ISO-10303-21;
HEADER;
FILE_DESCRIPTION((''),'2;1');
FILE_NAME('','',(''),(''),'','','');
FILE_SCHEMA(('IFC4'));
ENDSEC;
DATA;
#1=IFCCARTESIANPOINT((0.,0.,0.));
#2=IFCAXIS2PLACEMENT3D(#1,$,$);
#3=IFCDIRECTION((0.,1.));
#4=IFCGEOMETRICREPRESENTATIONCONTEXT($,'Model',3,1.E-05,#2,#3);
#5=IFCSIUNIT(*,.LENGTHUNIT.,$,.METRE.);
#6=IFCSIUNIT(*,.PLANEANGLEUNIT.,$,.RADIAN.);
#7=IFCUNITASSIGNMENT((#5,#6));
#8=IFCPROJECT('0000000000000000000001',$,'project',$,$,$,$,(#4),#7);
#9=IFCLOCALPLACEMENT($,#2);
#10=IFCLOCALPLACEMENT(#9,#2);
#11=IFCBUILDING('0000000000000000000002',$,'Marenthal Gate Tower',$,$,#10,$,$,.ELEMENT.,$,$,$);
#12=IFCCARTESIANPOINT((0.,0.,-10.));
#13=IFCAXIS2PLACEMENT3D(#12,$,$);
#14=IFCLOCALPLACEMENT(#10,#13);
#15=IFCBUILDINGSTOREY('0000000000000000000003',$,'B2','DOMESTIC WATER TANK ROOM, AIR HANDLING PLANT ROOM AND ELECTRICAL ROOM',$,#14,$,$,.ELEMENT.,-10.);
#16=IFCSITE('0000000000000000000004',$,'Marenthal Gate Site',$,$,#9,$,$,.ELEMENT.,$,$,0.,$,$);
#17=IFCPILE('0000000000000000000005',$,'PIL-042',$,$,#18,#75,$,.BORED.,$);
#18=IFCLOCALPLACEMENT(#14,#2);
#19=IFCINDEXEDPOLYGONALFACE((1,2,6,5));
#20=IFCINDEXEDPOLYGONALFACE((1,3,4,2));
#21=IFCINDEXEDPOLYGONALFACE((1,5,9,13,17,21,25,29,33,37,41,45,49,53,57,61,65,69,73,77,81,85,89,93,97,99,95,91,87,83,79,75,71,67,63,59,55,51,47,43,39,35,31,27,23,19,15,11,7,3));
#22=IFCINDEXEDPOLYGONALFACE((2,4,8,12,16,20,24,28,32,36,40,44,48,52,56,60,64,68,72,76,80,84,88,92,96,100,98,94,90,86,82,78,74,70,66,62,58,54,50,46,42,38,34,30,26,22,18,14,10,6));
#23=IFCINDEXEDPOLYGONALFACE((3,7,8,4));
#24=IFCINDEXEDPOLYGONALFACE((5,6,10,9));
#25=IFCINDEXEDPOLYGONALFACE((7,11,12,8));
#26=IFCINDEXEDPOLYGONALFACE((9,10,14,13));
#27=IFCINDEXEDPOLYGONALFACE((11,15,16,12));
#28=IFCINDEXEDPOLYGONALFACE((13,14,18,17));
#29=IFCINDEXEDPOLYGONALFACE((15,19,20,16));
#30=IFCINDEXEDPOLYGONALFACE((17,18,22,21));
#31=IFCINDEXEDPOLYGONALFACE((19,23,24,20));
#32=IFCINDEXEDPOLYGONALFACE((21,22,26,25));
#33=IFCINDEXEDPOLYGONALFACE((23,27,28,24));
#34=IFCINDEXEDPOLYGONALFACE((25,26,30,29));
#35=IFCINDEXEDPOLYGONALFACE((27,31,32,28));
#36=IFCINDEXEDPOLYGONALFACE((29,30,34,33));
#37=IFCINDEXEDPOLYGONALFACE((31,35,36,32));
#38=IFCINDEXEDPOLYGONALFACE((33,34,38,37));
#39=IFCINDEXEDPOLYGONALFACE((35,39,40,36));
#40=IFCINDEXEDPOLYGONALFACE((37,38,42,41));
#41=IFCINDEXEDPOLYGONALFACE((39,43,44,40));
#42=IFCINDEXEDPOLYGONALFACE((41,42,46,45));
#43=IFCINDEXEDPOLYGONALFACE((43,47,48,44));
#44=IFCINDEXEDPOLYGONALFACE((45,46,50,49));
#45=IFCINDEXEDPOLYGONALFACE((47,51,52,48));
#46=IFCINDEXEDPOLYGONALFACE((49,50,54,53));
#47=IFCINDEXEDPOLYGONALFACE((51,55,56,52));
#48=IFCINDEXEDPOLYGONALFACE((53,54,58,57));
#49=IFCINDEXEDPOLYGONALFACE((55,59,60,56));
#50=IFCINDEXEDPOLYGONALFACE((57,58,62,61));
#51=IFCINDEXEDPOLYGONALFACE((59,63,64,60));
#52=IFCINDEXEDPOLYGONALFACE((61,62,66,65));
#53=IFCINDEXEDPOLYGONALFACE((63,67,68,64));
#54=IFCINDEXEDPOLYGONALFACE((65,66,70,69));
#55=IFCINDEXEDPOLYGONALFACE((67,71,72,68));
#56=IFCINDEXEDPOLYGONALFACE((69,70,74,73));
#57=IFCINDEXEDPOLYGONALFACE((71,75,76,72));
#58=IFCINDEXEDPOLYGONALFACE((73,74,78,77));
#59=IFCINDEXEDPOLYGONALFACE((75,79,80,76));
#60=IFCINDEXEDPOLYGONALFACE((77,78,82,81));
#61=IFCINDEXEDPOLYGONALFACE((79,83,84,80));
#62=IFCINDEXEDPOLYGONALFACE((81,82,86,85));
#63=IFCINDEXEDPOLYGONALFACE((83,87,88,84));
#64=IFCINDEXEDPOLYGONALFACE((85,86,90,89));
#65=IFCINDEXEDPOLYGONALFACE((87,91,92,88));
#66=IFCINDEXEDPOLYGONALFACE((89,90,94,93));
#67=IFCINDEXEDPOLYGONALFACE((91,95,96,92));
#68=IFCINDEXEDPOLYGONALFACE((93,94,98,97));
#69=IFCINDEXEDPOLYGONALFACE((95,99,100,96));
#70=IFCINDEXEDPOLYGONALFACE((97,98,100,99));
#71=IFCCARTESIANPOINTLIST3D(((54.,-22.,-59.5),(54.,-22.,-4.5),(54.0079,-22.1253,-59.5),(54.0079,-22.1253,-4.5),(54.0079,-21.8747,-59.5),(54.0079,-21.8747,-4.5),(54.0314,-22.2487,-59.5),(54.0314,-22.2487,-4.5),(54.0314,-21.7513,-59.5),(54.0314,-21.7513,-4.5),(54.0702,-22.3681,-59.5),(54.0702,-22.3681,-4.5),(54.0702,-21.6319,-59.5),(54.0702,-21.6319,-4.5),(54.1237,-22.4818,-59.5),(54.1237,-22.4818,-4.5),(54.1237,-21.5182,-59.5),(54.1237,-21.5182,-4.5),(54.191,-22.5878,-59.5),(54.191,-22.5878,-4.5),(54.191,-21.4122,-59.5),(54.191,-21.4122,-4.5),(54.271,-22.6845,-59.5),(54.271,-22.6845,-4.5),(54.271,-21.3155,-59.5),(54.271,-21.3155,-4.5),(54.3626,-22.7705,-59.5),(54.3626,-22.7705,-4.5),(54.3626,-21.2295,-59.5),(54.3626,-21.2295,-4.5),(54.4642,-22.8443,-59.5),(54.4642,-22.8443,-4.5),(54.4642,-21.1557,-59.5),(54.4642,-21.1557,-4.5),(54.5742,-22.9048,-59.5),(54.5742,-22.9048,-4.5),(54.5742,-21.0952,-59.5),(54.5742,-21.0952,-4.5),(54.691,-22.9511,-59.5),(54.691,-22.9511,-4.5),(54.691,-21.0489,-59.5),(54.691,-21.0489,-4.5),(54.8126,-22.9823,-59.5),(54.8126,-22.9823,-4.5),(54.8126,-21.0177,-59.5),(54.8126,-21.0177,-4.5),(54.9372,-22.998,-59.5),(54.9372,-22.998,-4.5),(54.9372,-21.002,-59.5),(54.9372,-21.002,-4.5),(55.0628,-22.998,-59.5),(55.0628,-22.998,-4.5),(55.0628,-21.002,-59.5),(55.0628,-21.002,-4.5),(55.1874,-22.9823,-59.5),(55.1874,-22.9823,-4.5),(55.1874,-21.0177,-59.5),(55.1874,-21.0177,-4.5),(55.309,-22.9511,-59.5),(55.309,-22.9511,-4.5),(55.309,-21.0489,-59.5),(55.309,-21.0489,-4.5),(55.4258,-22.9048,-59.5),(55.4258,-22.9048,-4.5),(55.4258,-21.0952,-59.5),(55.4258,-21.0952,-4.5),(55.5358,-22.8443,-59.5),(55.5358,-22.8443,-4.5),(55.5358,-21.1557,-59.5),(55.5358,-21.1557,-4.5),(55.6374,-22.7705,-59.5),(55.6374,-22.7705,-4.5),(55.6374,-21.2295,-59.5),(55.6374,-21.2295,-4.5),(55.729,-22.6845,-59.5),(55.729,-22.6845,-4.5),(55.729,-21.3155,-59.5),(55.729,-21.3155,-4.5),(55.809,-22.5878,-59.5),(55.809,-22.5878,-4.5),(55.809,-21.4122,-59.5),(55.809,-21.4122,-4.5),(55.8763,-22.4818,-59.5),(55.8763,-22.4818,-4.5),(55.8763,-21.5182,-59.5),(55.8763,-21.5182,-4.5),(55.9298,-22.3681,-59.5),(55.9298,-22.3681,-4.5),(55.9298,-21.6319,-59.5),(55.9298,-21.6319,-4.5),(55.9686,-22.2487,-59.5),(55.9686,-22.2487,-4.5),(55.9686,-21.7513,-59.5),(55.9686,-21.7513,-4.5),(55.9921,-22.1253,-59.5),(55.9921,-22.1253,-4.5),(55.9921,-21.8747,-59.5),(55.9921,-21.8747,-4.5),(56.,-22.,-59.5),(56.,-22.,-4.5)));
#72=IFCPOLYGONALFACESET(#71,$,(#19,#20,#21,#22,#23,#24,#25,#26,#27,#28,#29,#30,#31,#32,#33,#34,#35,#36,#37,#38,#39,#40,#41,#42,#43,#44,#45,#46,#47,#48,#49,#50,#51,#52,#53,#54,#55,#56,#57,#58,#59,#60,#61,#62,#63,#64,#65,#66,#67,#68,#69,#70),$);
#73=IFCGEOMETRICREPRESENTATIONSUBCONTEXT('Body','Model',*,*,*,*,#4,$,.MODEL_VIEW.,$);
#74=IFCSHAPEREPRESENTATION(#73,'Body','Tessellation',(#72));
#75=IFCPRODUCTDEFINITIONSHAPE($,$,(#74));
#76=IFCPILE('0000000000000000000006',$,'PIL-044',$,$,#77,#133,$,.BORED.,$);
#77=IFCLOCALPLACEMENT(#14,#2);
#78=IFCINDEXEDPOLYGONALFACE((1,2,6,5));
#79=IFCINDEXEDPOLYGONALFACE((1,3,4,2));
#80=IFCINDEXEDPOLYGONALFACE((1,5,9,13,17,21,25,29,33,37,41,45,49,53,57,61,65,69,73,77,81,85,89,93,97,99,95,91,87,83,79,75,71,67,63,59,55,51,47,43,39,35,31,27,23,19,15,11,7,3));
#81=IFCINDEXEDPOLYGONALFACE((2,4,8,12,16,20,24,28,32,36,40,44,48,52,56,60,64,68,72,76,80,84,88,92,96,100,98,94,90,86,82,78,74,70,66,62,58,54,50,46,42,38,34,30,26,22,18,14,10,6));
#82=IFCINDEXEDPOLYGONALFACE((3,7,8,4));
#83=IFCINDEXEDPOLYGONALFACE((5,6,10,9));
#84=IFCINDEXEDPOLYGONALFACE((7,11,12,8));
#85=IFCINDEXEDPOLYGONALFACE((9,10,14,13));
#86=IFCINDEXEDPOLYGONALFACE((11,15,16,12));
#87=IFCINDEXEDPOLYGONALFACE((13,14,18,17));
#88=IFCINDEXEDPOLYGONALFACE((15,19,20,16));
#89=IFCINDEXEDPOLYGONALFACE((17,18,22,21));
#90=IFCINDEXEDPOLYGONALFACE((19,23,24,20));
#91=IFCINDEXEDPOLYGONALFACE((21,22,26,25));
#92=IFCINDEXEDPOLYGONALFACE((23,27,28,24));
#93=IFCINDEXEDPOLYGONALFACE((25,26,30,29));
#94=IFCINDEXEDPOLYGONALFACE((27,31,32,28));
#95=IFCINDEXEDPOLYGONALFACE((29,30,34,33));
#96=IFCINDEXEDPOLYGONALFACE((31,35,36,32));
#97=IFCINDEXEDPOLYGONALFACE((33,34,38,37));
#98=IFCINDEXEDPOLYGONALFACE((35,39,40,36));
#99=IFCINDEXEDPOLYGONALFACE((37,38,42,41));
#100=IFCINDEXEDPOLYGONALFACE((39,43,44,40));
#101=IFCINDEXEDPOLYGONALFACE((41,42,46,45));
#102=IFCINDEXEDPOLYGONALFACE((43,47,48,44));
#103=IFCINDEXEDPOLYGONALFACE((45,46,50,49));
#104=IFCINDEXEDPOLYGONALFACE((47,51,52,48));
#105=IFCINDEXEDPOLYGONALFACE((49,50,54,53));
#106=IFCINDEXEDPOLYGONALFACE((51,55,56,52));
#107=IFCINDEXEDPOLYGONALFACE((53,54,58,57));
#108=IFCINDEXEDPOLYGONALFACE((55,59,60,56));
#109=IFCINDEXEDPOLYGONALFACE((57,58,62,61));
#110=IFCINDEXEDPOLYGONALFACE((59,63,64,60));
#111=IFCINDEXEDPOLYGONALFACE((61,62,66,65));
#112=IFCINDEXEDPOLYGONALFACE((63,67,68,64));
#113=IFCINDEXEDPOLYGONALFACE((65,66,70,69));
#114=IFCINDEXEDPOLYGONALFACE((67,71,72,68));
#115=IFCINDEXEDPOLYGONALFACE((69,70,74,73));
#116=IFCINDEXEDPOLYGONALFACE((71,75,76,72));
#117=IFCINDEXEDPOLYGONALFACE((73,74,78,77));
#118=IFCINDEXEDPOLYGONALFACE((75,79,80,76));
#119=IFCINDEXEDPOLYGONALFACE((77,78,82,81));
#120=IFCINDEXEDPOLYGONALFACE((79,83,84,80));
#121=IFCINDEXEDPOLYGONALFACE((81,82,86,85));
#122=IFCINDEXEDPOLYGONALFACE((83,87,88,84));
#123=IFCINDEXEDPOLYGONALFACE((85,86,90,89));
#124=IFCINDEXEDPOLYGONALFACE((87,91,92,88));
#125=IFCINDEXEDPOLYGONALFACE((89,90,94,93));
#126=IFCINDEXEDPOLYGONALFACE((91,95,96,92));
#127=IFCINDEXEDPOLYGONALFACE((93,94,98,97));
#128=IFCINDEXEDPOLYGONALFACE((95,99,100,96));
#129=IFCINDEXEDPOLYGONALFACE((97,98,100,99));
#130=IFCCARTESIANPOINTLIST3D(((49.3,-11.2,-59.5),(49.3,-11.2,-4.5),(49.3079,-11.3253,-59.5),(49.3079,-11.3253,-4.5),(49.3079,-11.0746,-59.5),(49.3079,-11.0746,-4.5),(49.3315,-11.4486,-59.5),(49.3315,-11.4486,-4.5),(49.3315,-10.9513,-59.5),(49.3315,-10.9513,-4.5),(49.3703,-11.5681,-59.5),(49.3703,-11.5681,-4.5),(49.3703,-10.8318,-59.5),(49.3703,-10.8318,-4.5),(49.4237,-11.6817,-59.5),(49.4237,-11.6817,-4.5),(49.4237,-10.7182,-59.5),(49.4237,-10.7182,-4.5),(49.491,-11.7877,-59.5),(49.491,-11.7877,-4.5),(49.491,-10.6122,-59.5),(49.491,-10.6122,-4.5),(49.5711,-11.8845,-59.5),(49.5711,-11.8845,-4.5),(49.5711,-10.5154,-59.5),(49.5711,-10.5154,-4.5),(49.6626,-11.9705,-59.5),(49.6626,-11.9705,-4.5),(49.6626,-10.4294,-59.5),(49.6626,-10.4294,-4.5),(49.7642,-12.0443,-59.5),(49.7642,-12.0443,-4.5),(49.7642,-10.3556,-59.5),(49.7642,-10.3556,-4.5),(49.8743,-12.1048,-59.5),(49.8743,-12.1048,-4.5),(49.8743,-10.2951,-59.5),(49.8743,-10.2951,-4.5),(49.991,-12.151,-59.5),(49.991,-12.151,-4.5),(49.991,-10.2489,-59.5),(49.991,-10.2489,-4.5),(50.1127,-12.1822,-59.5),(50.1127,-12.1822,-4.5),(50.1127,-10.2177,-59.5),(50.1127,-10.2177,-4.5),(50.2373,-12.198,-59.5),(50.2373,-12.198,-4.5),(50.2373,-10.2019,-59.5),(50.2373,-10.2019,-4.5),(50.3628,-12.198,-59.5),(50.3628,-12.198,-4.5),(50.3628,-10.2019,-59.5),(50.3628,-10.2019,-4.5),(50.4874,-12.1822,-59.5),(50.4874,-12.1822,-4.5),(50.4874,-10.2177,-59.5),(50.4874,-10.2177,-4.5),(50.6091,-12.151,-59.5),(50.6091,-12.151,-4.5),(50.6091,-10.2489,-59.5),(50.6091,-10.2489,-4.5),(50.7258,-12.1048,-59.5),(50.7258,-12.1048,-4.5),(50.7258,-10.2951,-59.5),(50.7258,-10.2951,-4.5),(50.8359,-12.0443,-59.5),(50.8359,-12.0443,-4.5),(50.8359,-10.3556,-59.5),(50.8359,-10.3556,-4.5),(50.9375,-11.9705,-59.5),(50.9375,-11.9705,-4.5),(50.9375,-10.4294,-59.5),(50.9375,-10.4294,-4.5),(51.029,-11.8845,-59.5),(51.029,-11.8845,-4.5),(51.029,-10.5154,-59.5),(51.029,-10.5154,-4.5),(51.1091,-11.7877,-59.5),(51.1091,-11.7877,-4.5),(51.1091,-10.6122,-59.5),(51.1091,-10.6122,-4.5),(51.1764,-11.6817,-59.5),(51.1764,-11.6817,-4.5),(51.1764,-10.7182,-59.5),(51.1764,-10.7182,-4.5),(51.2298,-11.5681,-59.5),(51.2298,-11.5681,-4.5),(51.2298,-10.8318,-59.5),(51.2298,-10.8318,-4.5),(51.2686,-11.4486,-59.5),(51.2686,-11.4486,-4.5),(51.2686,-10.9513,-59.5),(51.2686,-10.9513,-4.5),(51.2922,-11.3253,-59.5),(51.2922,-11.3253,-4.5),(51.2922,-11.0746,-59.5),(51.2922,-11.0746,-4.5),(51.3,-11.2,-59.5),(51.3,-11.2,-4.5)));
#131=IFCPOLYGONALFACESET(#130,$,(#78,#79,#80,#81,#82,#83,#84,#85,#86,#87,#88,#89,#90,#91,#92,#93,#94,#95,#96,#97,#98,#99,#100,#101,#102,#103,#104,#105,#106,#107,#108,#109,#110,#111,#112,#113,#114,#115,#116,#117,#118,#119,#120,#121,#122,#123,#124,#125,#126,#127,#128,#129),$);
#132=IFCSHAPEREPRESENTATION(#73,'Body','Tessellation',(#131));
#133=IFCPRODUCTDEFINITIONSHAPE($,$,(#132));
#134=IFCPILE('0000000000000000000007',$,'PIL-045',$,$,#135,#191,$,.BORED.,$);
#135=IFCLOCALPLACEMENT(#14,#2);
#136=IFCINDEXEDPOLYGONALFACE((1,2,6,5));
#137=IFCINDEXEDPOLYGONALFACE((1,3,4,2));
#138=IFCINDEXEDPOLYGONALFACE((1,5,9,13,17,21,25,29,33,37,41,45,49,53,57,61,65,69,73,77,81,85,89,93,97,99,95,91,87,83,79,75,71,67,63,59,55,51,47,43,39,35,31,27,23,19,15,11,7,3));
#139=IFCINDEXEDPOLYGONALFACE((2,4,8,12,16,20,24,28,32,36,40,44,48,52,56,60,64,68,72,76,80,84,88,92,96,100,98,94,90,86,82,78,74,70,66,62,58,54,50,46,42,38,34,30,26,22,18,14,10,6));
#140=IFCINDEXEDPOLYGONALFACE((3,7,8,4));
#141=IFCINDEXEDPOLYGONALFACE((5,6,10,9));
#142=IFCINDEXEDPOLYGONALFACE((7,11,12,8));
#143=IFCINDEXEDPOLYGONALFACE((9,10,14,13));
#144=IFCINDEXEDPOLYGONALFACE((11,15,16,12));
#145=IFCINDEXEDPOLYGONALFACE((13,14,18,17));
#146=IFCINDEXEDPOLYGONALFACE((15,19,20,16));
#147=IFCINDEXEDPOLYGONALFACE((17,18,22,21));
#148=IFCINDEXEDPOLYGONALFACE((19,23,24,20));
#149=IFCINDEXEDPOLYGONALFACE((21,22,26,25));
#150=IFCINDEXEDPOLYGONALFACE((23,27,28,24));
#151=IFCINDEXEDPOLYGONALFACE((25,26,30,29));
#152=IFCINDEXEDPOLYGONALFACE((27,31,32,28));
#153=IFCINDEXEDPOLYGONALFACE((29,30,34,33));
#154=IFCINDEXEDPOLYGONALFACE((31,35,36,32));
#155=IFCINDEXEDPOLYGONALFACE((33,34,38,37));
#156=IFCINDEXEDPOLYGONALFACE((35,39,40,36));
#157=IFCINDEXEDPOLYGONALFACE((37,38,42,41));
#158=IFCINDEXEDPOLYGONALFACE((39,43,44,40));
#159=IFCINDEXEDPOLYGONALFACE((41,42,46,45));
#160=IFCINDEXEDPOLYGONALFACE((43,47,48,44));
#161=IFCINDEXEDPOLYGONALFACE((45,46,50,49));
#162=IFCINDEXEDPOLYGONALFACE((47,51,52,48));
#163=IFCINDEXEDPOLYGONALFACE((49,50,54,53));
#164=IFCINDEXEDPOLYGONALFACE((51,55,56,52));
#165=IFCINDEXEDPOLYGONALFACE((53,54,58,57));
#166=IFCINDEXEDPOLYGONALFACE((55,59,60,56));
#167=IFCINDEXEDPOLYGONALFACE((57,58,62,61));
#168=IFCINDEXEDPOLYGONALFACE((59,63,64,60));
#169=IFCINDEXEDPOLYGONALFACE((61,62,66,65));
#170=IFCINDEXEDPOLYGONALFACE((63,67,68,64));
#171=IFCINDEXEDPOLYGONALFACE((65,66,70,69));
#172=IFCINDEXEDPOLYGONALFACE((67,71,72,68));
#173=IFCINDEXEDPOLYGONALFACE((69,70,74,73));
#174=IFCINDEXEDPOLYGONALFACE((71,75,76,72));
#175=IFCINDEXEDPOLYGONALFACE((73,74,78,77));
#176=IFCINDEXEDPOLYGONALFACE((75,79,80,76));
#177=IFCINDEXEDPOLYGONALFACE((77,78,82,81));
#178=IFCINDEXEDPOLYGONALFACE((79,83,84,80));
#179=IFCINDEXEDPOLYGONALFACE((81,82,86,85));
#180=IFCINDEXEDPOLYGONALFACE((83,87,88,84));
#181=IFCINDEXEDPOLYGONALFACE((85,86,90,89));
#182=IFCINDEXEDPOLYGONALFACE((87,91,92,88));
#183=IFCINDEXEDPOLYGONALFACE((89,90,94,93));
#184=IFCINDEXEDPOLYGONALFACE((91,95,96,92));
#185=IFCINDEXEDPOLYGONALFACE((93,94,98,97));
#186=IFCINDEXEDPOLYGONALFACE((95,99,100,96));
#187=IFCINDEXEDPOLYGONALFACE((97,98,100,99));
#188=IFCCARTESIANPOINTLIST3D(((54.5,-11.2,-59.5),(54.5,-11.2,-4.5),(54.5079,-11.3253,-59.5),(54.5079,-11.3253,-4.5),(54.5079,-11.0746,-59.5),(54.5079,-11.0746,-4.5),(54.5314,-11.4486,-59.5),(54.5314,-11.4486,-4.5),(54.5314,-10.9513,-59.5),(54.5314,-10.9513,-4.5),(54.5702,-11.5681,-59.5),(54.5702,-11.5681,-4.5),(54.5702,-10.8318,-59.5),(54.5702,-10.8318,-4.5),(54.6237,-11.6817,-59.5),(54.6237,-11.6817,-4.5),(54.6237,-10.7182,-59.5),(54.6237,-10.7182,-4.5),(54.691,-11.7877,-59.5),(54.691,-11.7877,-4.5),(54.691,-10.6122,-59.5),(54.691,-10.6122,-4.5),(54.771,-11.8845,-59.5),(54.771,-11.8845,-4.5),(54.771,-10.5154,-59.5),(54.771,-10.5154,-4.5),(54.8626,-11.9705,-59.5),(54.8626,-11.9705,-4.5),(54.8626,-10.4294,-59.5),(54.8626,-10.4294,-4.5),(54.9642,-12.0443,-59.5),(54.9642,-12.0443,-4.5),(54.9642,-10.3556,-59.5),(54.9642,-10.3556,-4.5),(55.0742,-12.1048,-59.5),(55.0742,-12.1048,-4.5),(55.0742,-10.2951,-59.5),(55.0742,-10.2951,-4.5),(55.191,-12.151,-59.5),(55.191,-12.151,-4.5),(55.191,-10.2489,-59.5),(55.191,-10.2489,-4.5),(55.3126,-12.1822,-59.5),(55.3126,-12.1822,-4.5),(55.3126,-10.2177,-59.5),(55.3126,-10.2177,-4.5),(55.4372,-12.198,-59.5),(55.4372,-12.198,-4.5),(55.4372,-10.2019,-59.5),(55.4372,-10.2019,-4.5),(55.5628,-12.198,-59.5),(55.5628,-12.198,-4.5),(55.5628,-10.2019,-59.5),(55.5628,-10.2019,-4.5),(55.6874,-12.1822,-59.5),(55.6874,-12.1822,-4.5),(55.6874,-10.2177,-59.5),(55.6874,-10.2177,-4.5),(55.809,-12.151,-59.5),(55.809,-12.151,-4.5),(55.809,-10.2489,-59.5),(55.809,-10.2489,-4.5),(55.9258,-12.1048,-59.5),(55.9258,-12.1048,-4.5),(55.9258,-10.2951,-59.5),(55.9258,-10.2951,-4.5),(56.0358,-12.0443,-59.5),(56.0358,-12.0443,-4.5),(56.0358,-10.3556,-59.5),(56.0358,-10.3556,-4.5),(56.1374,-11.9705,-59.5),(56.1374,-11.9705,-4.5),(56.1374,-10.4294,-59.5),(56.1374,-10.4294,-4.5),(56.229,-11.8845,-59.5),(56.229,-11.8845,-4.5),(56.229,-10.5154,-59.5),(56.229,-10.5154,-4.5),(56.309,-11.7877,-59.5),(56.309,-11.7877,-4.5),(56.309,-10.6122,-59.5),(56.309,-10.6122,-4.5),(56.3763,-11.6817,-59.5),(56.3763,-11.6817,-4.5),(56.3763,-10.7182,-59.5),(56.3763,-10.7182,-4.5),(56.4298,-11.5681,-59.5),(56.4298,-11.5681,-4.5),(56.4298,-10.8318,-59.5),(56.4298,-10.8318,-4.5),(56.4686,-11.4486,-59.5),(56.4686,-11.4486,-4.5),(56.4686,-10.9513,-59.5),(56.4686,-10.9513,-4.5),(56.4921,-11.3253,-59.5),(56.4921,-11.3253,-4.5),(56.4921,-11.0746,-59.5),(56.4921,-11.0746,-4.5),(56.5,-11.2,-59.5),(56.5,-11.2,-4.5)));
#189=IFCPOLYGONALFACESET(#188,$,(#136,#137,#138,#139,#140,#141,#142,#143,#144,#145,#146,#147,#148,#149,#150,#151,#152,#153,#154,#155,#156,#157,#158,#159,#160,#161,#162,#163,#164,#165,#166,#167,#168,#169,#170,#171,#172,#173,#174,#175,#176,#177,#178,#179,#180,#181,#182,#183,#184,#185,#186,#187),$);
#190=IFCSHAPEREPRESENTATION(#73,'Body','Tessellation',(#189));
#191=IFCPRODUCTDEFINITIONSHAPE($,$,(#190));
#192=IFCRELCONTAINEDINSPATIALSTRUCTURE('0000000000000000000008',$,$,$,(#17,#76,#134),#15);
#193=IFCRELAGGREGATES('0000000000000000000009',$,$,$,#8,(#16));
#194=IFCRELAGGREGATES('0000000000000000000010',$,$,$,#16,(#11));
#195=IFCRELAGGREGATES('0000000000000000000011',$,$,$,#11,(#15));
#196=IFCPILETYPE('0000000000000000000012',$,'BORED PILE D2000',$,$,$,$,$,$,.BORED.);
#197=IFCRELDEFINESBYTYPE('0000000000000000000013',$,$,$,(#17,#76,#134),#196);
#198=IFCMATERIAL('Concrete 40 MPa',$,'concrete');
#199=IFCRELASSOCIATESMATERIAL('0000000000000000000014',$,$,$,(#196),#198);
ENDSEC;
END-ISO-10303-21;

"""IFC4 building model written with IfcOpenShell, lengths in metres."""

from ifc_helpers import new_model, si_unit, direction, frame, origin, origin_2d, place, context, subcontext, project, spatial, circle, extrude, material, type_object, element, save


model = new_model("IFC4")

# Units and contexts
model_context = context("Model", 3, precision=1e-05, world=origin(), true_north=direction((0.0, 1.0)))
body_context = subcontext(model_context, "Body", "Model", "MODEL_VIEW")
ifc_project = project(units=[si_unit("LENGTHUNIT", "METRE"), si_unit("PLANEANGLEUNIT", "RADIAN")], contexts=[model_context])

# Site, building, storey
site_placement = place(None, origin())
site = spatial("IfcSite", under=ifc_project, at=site_placement, Name="Marenthal Gate Site", CompositionType="ELEMENT", RefElevation=0.0)
building_placement = place(site_placement, origin())
building = spatial("IfcBuilding", under=site, at=building_placement, Name="Marenthal Gate Tower", CompositionType="ELEMENT")
storey_placement = place(building_placement, frame((0.0, 0.0, -10.0)))
storey = spatial("IfcBuildingStorey", under=building, at=storey_placement, Name="B2", Description="DOMESTIC WATER TANK ROOM, AIR HANDLING PLANT ROOM AND ELECTRICAL ROOM", CompositionType="ELEMENT", Elevation=-10.0)

# Piles
ifc_material_1 = material(Name="Concrete 40 MPa", Category="concrete")
pile_type = type_object("IfcPileType", Name="BORED PILE D2000", PredefinedType="BORED", material=ifc_material_1)
for number, where, z_axis, x_axis, name in (
    (1, (55.0, -22.0, -4.5), (0.0, 0.0, -1.0), (1.0, 0.0, 0.0), "PIL-042"),
    (2, (50.3, -11.2, -4.5), (0.0, 0.0, -1.0), (1.0, 0.0, 0.0), "PIL-044"),
    (3, (55.5, -11.2, -4.5), (0.0, 0.0, -1.0), (1.0, 0.0, 0.0), "PIL-045"),
):
    element("IfcPile", number, at=place(storey_placement, frame(where, z_axis=z_axis, x_axis=x_axis)), inside=storey, type_object=pile_type, Name=name, PredefinedType="BORED", context=body_context, shape_type="SweptSolid", body=[
        extrude(circle(Radius=1.0, at=origin_2d()), origin(), (0.0, 0.0, 1.0), 55.0),
    ])

save(model, "model.ifc")
